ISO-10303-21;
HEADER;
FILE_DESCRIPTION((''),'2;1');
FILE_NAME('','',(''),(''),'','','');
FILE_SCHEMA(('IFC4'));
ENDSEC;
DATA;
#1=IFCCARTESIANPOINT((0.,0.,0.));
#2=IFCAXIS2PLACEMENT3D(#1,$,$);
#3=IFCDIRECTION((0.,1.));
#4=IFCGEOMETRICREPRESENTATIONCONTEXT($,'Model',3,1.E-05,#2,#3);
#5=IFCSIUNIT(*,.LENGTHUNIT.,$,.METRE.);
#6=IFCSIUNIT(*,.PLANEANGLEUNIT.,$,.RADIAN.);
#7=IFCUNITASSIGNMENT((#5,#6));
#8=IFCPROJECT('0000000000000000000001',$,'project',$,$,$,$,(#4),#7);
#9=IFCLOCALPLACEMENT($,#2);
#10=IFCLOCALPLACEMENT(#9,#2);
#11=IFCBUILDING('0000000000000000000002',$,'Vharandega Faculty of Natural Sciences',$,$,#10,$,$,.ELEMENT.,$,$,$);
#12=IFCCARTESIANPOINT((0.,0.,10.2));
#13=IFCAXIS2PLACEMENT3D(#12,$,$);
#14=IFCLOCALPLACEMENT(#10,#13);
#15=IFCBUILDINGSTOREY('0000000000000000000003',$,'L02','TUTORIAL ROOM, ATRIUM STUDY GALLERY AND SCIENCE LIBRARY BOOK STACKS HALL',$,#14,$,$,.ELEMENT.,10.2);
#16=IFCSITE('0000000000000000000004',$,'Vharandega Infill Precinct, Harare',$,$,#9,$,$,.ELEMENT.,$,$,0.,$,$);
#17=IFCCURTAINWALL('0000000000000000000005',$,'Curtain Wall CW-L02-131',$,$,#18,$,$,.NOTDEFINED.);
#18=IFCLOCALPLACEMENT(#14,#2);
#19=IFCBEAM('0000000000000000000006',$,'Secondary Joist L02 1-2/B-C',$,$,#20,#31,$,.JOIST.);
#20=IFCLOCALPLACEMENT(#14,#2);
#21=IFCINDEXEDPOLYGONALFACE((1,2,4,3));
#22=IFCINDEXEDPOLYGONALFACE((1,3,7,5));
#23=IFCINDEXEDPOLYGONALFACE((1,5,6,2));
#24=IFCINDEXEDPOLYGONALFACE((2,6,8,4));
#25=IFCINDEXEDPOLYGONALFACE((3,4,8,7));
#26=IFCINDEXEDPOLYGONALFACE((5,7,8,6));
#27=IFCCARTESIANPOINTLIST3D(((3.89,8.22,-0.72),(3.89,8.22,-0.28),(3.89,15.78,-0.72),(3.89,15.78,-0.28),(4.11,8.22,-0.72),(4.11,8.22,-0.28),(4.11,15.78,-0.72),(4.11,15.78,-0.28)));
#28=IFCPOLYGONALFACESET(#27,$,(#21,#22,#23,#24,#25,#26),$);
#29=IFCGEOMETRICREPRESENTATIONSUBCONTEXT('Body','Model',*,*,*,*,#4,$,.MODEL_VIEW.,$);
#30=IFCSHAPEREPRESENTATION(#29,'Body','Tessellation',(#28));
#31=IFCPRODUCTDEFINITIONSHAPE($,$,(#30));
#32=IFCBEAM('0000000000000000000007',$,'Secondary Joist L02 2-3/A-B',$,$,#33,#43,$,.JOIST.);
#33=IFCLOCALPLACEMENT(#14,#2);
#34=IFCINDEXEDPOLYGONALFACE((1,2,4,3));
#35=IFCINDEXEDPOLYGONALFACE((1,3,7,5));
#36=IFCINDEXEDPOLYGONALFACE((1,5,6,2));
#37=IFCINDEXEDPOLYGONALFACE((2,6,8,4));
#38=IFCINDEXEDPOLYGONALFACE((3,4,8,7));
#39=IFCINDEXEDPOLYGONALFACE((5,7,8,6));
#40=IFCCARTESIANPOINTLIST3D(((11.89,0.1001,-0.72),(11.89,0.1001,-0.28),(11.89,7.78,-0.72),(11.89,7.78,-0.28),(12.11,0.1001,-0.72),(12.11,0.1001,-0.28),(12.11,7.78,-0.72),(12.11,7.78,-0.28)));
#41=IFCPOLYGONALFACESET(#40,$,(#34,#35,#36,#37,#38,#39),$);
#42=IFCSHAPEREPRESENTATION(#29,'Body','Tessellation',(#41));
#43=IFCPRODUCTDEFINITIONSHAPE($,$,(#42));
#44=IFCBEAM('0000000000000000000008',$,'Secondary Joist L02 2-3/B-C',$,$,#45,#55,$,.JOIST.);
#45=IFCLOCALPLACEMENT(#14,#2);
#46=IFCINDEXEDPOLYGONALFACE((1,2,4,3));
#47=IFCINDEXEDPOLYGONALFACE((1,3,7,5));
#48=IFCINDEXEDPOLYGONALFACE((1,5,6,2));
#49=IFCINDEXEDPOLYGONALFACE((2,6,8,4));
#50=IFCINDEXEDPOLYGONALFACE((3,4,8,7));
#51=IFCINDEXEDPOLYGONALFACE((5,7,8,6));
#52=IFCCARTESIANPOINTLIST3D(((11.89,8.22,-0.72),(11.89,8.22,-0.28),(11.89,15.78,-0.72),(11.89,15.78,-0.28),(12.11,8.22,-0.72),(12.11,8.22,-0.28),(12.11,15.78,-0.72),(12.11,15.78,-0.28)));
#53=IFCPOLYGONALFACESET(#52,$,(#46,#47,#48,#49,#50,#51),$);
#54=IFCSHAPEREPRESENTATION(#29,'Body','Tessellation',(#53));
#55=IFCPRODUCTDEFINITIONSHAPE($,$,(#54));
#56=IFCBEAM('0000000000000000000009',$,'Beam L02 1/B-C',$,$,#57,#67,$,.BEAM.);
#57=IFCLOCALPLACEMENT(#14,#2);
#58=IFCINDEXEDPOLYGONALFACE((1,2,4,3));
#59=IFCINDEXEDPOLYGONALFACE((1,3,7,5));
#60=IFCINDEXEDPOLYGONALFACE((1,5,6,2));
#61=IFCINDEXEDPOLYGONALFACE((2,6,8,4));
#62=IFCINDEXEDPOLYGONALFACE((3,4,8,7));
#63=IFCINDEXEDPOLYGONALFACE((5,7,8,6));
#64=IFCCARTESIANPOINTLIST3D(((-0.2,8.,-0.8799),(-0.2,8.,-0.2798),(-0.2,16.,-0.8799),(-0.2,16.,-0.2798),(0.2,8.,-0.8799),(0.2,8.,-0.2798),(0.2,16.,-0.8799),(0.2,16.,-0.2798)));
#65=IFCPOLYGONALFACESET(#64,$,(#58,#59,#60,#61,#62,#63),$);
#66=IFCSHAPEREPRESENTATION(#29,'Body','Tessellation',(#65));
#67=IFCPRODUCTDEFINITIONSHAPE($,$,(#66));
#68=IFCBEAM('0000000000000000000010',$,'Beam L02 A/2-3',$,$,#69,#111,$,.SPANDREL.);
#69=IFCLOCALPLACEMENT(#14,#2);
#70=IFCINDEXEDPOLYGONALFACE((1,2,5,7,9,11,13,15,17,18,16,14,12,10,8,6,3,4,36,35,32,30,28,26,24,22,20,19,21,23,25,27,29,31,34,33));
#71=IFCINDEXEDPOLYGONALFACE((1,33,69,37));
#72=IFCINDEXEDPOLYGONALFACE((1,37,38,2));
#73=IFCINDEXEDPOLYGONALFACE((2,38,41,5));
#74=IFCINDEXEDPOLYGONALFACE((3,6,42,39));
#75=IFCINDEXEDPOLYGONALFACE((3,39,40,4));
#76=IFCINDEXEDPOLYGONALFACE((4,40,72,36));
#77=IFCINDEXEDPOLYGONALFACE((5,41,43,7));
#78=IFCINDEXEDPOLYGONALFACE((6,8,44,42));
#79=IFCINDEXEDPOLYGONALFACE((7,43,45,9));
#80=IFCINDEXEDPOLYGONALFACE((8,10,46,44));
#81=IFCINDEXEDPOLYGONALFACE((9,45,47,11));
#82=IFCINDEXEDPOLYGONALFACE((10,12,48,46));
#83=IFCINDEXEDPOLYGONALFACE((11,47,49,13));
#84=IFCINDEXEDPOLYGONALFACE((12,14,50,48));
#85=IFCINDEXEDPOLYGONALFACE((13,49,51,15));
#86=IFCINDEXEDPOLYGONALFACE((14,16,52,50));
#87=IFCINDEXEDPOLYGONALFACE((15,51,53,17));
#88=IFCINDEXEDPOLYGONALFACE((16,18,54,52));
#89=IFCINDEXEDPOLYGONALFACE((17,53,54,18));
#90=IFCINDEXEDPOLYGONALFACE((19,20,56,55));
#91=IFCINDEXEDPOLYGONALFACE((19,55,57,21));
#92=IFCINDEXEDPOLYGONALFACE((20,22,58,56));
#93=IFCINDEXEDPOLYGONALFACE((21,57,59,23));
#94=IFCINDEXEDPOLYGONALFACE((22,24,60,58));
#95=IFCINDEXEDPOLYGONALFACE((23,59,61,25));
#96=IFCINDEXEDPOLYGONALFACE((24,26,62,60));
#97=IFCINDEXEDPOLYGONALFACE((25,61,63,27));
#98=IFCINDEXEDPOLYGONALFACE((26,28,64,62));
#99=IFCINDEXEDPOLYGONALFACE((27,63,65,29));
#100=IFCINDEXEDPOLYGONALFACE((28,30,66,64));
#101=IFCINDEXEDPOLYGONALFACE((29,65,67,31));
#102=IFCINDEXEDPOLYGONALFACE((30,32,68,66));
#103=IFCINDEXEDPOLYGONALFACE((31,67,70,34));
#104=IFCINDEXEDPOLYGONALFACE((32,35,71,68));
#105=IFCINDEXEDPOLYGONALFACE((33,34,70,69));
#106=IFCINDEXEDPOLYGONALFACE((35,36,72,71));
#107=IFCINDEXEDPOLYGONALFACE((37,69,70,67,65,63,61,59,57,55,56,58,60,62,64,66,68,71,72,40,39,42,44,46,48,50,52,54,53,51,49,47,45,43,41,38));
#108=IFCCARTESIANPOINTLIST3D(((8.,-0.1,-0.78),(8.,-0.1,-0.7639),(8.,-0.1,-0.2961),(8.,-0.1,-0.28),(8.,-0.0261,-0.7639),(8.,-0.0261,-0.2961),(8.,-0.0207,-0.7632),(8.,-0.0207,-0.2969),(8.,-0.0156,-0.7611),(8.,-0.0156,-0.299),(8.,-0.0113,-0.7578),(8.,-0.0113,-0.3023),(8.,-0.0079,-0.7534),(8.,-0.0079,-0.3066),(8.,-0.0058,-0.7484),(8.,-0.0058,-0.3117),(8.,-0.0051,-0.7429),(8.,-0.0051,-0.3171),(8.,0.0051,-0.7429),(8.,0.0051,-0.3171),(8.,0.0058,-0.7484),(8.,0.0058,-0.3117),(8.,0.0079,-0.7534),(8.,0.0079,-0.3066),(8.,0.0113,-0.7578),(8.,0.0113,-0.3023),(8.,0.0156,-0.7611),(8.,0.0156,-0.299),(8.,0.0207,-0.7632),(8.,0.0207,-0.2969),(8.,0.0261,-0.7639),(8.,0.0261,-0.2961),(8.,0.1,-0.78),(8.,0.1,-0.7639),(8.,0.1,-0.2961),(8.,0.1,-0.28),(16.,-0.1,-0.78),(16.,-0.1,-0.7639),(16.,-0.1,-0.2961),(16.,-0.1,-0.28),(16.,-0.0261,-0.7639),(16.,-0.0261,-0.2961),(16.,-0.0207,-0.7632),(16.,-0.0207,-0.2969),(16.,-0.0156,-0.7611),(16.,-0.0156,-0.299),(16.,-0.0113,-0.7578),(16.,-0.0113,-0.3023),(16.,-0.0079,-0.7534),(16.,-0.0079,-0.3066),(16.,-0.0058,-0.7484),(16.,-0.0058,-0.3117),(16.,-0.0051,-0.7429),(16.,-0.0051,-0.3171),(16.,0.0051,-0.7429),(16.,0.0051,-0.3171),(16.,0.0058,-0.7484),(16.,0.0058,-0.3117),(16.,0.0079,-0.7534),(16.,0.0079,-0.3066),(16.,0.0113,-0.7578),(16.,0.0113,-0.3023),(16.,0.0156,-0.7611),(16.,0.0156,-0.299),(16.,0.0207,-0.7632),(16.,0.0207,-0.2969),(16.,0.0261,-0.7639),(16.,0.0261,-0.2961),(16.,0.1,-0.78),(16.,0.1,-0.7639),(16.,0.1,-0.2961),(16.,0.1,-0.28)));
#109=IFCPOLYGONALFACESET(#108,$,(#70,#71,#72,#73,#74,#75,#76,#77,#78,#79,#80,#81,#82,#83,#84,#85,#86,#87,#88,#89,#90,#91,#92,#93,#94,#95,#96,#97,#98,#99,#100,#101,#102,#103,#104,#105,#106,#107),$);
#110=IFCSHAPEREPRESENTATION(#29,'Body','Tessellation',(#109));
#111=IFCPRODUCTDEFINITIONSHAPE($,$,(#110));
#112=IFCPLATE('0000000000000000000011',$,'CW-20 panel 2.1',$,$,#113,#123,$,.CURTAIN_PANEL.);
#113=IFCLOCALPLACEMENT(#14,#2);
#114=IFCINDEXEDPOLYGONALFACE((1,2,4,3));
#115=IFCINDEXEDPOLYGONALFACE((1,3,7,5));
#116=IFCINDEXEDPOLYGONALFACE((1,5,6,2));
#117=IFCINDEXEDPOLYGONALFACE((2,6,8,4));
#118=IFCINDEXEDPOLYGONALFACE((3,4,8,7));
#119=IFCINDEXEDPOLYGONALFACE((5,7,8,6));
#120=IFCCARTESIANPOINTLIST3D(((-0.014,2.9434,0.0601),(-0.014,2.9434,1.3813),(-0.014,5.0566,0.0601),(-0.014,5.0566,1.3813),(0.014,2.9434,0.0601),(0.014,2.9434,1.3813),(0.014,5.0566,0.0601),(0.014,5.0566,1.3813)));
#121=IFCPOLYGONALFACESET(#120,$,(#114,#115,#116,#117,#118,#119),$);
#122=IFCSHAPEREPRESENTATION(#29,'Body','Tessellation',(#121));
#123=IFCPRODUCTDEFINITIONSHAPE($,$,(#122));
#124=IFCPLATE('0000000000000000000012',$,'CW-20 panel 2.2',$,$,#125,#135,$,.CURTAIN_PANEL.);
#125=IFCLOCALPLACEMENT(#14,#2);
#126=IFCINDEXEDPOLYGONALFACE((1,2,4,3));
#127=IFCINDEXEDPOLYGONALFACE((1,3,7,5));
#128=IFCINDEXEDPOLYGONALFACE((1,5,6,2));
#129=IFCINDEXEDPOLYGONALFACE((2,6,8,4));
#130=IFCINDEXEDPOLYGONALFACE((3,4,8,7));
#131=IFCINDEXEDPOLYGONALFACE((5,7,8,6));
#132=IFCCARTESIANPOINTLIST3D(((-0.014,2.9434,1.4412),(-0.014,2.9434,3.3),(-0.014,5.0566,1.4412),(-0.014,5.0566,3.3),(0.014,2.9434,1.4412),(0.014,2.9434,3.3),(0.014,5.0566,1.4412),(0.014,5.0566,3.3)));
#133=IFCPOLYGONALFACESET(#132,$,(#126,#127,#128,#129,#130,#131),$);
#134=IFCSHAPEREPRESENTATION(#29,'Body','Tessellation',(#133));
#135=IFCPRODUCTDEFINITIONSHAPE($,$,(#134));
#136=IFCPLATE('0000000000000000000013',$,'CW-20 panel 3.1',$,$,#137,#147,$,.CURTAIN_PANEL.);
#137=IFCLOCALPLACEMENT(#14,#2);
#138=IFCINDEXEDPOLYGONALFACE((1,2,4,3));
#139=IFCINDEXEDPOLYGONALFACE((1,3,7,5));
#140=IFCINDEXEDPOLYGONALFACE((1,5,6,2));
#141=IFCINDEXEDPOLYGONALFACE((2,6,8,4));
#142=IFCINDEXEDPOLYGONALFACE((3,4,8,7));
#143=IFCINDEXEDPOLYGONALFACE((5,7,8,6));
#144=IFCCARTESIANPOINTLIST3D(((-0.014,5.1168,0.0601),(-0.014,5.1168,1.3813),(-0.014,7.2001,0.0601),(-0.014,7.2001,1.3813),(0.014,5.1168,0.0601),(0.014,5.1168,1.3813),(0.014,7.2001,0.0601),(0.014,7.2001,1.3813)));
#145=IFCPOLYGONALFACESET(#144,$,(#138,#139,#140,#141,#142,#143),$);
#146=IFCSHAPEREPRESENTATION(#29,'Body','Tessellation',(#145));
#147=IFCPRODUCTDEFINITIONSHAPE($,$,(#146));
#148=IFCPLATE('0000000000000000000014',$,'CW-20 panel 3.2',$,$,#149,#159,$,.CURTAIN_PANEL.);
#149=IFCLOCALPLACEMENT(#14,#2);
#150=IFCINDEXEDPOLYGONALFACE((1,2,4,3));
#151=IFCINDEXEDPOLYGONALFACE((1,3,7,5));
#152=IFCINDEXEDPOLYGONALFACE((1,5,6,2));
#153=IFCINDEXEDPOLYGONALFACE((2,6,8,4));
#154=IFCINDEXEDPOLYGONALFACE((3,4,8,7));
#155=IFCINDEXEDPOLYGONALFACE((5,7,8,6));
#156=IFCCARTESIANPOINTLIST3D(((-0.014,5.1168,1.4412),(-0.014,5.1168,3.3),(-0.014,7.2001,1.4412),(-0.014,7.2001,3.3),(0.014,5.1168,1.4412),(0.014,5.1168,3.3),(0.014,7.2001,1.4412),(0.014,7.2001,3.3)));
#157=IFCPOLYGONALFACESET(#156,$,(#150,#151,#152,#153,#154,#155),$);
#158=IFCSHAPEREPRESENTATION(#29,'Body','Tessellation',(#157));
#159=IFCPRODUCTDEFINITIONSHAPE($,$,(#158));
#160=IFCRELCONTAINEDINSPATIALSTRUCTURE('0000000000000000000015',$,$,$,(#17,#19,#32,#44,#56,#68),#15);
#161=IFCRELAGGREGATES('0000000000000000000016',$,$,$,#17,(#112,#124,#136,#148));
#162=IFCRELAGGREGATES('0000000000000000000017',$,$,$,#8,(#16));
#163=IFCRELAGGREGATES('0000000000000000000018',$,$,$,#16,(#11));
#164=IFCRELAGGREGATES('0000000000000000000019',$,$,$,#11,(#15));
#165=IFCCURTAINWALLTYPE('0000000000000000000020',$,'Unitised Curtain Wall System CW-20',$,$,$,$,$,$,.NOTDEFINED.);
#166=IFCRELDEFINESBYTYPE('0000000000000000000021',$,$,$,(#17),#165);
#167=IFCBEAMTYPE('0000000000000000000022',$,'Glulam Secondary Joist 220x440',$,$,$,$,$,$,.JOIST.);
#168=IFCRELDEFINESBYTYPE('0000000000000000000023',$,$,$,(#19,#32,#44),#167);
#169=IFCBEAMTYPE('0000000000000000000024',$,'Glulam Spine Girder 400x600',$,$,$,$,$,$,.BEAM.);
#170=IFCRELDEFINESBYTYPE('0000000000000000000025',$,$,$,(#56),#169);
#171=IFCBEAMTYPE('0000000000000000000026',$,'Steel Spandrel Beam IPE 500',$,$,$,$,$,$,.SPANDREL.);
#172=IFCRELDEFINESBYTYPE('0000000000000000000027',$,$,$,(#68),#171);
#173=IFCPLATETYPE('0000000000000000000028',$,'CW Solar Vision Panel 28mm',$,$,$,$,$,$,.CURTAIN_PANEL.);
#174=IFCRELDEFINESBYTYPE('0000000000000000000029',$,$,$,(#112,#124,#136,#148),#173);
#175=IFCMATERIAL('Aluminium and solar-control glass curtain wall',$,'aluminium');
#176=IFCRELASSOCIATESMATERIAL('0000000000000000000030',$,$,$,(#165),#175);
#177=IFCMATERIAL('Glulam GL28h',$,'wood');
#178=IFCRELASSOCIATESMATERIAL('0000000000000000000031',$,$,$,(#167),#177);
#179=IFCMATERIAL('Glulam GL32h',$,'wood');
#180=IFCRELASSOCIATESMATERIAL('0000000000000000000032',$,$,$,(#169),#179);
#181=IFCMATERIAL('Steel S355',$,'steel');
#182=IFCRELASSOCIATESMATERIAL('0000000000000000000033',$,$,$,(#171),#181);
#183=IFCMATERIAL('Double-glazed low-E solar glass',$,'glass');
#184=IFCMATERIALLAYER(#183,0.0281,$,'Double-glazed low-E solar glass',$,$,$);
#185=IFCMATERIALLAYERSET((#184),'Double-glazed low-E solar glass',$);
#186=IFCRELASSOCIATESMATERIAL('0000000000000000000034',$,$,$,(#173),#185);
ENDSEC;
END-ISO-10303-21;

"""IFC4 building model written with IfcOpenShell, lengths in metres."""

from ifc_helpers import new_model, si_unit, direction, frame, origin, origin_2d, place, context, subcontext, project, spatial, rectangle, i_section, extrude, material, layer, layer_set, material_profile, profile_set, type_object, element, aggregate, save


model = new_model("IFC4")

# Units and contexts
model_context = context("Model", 3, precision=1e-05, world=origin(), true_north=direction((0.0, 1.0)))
body_context = subcontext(model_context, "Body", "Model", "MODEL_VIEW")
ifc_project = project(units=[si_unit("LENGTHUNIT", "METRE"), si_unit("PLANEANGLEUNIT", "RADIAN")], contexts=[model_context])

# Site, building, storey
site_placement = place(None, origin())
site = spatial("IfcSite", under=ifc_project, at=site_placement, Name="Vharandega Infill Precinct, Harare", CompositionType="ELEMENT", RefElevation=0.0)
building_placement = place(site_placement, origin())
building = spatial("IfcBuilding", under=site, at=building_placement, Name="Vharandega Faculty of Natural Sciences", CompositionType="ELEMENT")
storey_placement = place(building_placement, frame((0.0, 0.0, 10.2)))
storey = spatial("IfcBuildingStorey", under=building, at=storey_placement, Name="L02", Description="TUTORIAL ROOM, ATRIUM STUDY GALLERY AND SCIENCE LIBRARY BOOK STACKS HALL", CompositionType="ELEMENT", Elevation=10.2)

# Curtain wall
ifc_material_1 = material(Name="Aluminium and solar-control glass curtain wall", Category="aluminium")
curtain_wall_type = type_object("IfcCurtainWallType", Name="Unitised Curtain Wall System CW-20", PredefinedType="NOTDEFINED", material=ifc_material_1)
curtain_wall_placement = place(storey_placement, origin())
curtain_wall = element("IfcCurtainWall", 1, at=curtain_wall_placement, inside=storey, type_object=curtain_wall_type, Name="Curtain Wall CW-L02-131", PredefinedType="NOTDEFINED")

# Beams
ifc_material_2 = material(Name="Glulam GL28h", Category="wood")
ifc_material_profile_1 = material_profile(ifc_material_2, rectangle(XDim=0.22, YDim=0.4399, at=origin_2d()), Name="GL28h 220x440")
ifc_profile_set_1 = profile_set([ifc_material_profile_1], Name="Glulam GL28h")
beam_type_1 = type_object("IfcBeamType", Name="Glulam Secondary Joist 220x440", PredefinedType="JOIST", material=ifc_profile_set_1)
beam_1_placement = place(storey_placement, frame((4.0, 8.22, -0.5), z_axis=(0.0, 1.0, 0.0), x_axis=(-1.0, 0.0, 0.0)))
element("IfcBeam", 2, at=beam_1_placement, inside=storey, type_object=beam_type_1, Name="Secondary Joist L02 1-2/B-C", PredefinedType="JOIST", context=body_context, shape_type="SweptSolid", body=[
    extrude(rectangle(XDim=0.22, YDim=0.4399, at=origin_2d()), origin(), (0.0, 0.0, 1.0), 7.5601),
])
beam_2_placement = place(storey_placement, frame((12.0, 0.1001, -0.5), z_axis=(0.0, 1.0, 0.0), x_axis=(-1.0, 0.0, 0.0)))
element("IfcBeam", 3, at=beam_2_placement, inside=storey, type_object=beam_type_1, Name="Secondary Joist L02 2-3/A-B", PredefinedType="JOIST", context=body_context, shape_type="SweptSolid", body=[
    extrude(rectangle(XDim=0.22, YDim=0.4399, at=origin_2d()), origin(), (0.0, 0.0, 1.0), 7.6799),
])
beam_3_placement = place(storey_placement, frame((12.0, 8.22, -0.5), z_axis=(0.0, 1.0, 0.0), x_axis=(-1.0, 0.0, 0.0)))
element("IfcBeam", 4, at=beam_3_placement, inside=storey, type_object=beam_type_1, Name="Secondary Joist L02 2-3/B-C", PredefinedType="JOIST", context=body_context, shape_type="SweptSolid", body=[
    extrude(rectangle(XDim=0.22, YDim=0.4399, at=origin_2d()), origin(), (0.0, 0.0, 1.0), 7.5601),
])
ifc_material_3 = material(Name="Glulam GL32h", Category="wood")
ifc_material_profile_2 = material_profile(ifc_material_3, rectangle(XDim=0.3999, YDim=0.6001, at=origin_2d()), Name="GL32h 400x600")
ifc_profile_set_2 = profile_set([ifc_material_profile_2], Name="Glulam GL32h")
beam_type_2 = type_object("IfcBeamType", Name="Glulam Spine Girder 400x600", PredefinedType="BEAM", material=ifc_profile_set_2)
beam_4_placement = place(storey_placement, frame((0.0, 8.0, -0.5798), z_axis=(0.0, 1.0, 0.0), x_axis=(-1.0, 0.0, 0.0)))
element("IfcBeam", 5, at=beam_4_placement, inside=storey, type_object=beam_type_2, Name="Beam L02 1/B-C", PredefinedType="BEAM", context=body_context, shape_type="SweptSolid", body=[
    extrude(rectangle(XDim=0.3999, YDim=0.6001, at=origin_2d()), origin(), (0.0, 0.0, 1.0), 8.0),
])
ifc_material_4 = material(Name="Steel S355", Category="steel")
ifc_material_profile_3 = material_profile(ifc_material_4, i_section(OverallWidth=0.2, OverallDepth=0.5, WebThickness=0.0103, FlangeThickness=0.0161, FilletRadius=0.021, at=origin_2d()), Name="IPE 500")
ifc_profile_set_3 = profile_set([ifc_material_profile_3], Name="Steel S355")
beam_type_3 = type_object("IfcBeamType", Name="Steel Spandrel Beam IPE 500", PredefinedType="SPANDREL", material=ifc_profile_set_3)
beam_5_placement = place(storey_placement, frame((8.0, 0.0, -0.53), z_axis=(1.0, 0.0, 0.0), x_axis=(0.0, 1.0, 0.0)))
element("IfcBeam", 6, at=beam_5_placement, inside=storey, type_object=beam_type_3, Name="Beam L02 A/2-3", PredefinedType="SPANDREL", context=body_context, shape_type="SweptSolid", body=[
    extrude(i_section(OverallWidth=0.2, OverallDepth=0.5, WebThickness=0.0103, FlangeThickness=0.0161, FilletRadius=0.021, at=origin_2d()), origin(), (0.0, 0.0, 1.0), 8.0),
])

# Plates
ifc_material_5 = material(Name="Double-glazed low-E solar glass", Category="glass")
ifc_layer_1 = layer(ifc_material_5, 0.0281, Name="Double-glazed low-E solar glass")
ifc_layer_set_1 = layer_set([ifc_layer_1], Name="Double-glazed low-E solar glass")
plate_type = type_object("IfcPlateType", Name="CW Solar Vision Panel 28mm", PredefinedType="CURTAIN_PANEL", material=ifc_layer_set_1)
plate_1_placement = place(storey_placement, frame((0.0, 4.0, 0.0601), z_axis=(0.0, 0.0, 1.0), x_axis=(0.0, 1.0, 0.0)))
plate_1 = element("IfcPlate", 7, at=plate_1_placement, type_object=plate_type, Name="CW-20 panel 2.1", PredefinedType="CURTAIN_PANEL", context=body_context, shape_type="SweptSolid", body=[
    extrude(rectangle(XDim=2.1133, YDim=0.0281, at=origin_2d()), origin(), (0.0, 0.0, 1.0), 1.3213),
])
plate_2_placement = place(storey_placement, frame((0.0, 4.0, 1.4412), z_axis=(0.0, 0.0, 1.0), x_axis=(0.0, 1.0, 0.0)))
plate_2 = element("IfcPlate", 8, at=plate_2_placement, type_object=plate_type, Name="CW-20 panel 2.2", PredefinedType="CURTAIN_PANEL", context=body_context, shape_type="SweptSolid", body=[
    extrude(rectangle(XDim=2.1133, YDim=0.0281, at=origin_2d()), origin(), (0.0, 0.0, 1.0), 1.8589),
])
plate_3_placement = place(storey_placement, frame((0.0, 6.1584, 0.0601), z_axis=(0.0, 0.0, 1.0), x_axis=(0.0, 1.0, 0.0)))
plate_3 = element("IfcPlate", 9, at=plate_3_placement, type_object=plate_type, Name="CW-20 panel 3.1", PredefinedType="CURTAIN_PANEL", context=body_context, shape_type="SweptSolid", body=[
    extrude(rectangle(XDim=2.0833, YDim=0.0281, at=origin_2d()), origin(), (0.0, 0.0, 1.0), 1.3213),
])
plate_4_placement = place(storey_placement, frame((0.0, 6.1584, 1.4412), z_axis=(0.0, 0.0, 1.0), x_axis=(0.0, 1.0, 0.0)))
plate_4 = element("IfcPlate", 10, at=plate_4_placement, type_object=plate_type, Name="CW-20 panel 3.2", PredefinedType="CURTAIN_PANEL", context=body_context, shape_type="SweptSolid", body=[
    extrude(rectangle(XDim=2.0833, YDim=0.0281, at=origin_2d()), origin(), (0.0, 0.0, 1.0), 1.8589),
])
aggregate(curtain_wall, [plate_1, plate_2, plate_3, plate_4])

save(model, "model.ifc")
